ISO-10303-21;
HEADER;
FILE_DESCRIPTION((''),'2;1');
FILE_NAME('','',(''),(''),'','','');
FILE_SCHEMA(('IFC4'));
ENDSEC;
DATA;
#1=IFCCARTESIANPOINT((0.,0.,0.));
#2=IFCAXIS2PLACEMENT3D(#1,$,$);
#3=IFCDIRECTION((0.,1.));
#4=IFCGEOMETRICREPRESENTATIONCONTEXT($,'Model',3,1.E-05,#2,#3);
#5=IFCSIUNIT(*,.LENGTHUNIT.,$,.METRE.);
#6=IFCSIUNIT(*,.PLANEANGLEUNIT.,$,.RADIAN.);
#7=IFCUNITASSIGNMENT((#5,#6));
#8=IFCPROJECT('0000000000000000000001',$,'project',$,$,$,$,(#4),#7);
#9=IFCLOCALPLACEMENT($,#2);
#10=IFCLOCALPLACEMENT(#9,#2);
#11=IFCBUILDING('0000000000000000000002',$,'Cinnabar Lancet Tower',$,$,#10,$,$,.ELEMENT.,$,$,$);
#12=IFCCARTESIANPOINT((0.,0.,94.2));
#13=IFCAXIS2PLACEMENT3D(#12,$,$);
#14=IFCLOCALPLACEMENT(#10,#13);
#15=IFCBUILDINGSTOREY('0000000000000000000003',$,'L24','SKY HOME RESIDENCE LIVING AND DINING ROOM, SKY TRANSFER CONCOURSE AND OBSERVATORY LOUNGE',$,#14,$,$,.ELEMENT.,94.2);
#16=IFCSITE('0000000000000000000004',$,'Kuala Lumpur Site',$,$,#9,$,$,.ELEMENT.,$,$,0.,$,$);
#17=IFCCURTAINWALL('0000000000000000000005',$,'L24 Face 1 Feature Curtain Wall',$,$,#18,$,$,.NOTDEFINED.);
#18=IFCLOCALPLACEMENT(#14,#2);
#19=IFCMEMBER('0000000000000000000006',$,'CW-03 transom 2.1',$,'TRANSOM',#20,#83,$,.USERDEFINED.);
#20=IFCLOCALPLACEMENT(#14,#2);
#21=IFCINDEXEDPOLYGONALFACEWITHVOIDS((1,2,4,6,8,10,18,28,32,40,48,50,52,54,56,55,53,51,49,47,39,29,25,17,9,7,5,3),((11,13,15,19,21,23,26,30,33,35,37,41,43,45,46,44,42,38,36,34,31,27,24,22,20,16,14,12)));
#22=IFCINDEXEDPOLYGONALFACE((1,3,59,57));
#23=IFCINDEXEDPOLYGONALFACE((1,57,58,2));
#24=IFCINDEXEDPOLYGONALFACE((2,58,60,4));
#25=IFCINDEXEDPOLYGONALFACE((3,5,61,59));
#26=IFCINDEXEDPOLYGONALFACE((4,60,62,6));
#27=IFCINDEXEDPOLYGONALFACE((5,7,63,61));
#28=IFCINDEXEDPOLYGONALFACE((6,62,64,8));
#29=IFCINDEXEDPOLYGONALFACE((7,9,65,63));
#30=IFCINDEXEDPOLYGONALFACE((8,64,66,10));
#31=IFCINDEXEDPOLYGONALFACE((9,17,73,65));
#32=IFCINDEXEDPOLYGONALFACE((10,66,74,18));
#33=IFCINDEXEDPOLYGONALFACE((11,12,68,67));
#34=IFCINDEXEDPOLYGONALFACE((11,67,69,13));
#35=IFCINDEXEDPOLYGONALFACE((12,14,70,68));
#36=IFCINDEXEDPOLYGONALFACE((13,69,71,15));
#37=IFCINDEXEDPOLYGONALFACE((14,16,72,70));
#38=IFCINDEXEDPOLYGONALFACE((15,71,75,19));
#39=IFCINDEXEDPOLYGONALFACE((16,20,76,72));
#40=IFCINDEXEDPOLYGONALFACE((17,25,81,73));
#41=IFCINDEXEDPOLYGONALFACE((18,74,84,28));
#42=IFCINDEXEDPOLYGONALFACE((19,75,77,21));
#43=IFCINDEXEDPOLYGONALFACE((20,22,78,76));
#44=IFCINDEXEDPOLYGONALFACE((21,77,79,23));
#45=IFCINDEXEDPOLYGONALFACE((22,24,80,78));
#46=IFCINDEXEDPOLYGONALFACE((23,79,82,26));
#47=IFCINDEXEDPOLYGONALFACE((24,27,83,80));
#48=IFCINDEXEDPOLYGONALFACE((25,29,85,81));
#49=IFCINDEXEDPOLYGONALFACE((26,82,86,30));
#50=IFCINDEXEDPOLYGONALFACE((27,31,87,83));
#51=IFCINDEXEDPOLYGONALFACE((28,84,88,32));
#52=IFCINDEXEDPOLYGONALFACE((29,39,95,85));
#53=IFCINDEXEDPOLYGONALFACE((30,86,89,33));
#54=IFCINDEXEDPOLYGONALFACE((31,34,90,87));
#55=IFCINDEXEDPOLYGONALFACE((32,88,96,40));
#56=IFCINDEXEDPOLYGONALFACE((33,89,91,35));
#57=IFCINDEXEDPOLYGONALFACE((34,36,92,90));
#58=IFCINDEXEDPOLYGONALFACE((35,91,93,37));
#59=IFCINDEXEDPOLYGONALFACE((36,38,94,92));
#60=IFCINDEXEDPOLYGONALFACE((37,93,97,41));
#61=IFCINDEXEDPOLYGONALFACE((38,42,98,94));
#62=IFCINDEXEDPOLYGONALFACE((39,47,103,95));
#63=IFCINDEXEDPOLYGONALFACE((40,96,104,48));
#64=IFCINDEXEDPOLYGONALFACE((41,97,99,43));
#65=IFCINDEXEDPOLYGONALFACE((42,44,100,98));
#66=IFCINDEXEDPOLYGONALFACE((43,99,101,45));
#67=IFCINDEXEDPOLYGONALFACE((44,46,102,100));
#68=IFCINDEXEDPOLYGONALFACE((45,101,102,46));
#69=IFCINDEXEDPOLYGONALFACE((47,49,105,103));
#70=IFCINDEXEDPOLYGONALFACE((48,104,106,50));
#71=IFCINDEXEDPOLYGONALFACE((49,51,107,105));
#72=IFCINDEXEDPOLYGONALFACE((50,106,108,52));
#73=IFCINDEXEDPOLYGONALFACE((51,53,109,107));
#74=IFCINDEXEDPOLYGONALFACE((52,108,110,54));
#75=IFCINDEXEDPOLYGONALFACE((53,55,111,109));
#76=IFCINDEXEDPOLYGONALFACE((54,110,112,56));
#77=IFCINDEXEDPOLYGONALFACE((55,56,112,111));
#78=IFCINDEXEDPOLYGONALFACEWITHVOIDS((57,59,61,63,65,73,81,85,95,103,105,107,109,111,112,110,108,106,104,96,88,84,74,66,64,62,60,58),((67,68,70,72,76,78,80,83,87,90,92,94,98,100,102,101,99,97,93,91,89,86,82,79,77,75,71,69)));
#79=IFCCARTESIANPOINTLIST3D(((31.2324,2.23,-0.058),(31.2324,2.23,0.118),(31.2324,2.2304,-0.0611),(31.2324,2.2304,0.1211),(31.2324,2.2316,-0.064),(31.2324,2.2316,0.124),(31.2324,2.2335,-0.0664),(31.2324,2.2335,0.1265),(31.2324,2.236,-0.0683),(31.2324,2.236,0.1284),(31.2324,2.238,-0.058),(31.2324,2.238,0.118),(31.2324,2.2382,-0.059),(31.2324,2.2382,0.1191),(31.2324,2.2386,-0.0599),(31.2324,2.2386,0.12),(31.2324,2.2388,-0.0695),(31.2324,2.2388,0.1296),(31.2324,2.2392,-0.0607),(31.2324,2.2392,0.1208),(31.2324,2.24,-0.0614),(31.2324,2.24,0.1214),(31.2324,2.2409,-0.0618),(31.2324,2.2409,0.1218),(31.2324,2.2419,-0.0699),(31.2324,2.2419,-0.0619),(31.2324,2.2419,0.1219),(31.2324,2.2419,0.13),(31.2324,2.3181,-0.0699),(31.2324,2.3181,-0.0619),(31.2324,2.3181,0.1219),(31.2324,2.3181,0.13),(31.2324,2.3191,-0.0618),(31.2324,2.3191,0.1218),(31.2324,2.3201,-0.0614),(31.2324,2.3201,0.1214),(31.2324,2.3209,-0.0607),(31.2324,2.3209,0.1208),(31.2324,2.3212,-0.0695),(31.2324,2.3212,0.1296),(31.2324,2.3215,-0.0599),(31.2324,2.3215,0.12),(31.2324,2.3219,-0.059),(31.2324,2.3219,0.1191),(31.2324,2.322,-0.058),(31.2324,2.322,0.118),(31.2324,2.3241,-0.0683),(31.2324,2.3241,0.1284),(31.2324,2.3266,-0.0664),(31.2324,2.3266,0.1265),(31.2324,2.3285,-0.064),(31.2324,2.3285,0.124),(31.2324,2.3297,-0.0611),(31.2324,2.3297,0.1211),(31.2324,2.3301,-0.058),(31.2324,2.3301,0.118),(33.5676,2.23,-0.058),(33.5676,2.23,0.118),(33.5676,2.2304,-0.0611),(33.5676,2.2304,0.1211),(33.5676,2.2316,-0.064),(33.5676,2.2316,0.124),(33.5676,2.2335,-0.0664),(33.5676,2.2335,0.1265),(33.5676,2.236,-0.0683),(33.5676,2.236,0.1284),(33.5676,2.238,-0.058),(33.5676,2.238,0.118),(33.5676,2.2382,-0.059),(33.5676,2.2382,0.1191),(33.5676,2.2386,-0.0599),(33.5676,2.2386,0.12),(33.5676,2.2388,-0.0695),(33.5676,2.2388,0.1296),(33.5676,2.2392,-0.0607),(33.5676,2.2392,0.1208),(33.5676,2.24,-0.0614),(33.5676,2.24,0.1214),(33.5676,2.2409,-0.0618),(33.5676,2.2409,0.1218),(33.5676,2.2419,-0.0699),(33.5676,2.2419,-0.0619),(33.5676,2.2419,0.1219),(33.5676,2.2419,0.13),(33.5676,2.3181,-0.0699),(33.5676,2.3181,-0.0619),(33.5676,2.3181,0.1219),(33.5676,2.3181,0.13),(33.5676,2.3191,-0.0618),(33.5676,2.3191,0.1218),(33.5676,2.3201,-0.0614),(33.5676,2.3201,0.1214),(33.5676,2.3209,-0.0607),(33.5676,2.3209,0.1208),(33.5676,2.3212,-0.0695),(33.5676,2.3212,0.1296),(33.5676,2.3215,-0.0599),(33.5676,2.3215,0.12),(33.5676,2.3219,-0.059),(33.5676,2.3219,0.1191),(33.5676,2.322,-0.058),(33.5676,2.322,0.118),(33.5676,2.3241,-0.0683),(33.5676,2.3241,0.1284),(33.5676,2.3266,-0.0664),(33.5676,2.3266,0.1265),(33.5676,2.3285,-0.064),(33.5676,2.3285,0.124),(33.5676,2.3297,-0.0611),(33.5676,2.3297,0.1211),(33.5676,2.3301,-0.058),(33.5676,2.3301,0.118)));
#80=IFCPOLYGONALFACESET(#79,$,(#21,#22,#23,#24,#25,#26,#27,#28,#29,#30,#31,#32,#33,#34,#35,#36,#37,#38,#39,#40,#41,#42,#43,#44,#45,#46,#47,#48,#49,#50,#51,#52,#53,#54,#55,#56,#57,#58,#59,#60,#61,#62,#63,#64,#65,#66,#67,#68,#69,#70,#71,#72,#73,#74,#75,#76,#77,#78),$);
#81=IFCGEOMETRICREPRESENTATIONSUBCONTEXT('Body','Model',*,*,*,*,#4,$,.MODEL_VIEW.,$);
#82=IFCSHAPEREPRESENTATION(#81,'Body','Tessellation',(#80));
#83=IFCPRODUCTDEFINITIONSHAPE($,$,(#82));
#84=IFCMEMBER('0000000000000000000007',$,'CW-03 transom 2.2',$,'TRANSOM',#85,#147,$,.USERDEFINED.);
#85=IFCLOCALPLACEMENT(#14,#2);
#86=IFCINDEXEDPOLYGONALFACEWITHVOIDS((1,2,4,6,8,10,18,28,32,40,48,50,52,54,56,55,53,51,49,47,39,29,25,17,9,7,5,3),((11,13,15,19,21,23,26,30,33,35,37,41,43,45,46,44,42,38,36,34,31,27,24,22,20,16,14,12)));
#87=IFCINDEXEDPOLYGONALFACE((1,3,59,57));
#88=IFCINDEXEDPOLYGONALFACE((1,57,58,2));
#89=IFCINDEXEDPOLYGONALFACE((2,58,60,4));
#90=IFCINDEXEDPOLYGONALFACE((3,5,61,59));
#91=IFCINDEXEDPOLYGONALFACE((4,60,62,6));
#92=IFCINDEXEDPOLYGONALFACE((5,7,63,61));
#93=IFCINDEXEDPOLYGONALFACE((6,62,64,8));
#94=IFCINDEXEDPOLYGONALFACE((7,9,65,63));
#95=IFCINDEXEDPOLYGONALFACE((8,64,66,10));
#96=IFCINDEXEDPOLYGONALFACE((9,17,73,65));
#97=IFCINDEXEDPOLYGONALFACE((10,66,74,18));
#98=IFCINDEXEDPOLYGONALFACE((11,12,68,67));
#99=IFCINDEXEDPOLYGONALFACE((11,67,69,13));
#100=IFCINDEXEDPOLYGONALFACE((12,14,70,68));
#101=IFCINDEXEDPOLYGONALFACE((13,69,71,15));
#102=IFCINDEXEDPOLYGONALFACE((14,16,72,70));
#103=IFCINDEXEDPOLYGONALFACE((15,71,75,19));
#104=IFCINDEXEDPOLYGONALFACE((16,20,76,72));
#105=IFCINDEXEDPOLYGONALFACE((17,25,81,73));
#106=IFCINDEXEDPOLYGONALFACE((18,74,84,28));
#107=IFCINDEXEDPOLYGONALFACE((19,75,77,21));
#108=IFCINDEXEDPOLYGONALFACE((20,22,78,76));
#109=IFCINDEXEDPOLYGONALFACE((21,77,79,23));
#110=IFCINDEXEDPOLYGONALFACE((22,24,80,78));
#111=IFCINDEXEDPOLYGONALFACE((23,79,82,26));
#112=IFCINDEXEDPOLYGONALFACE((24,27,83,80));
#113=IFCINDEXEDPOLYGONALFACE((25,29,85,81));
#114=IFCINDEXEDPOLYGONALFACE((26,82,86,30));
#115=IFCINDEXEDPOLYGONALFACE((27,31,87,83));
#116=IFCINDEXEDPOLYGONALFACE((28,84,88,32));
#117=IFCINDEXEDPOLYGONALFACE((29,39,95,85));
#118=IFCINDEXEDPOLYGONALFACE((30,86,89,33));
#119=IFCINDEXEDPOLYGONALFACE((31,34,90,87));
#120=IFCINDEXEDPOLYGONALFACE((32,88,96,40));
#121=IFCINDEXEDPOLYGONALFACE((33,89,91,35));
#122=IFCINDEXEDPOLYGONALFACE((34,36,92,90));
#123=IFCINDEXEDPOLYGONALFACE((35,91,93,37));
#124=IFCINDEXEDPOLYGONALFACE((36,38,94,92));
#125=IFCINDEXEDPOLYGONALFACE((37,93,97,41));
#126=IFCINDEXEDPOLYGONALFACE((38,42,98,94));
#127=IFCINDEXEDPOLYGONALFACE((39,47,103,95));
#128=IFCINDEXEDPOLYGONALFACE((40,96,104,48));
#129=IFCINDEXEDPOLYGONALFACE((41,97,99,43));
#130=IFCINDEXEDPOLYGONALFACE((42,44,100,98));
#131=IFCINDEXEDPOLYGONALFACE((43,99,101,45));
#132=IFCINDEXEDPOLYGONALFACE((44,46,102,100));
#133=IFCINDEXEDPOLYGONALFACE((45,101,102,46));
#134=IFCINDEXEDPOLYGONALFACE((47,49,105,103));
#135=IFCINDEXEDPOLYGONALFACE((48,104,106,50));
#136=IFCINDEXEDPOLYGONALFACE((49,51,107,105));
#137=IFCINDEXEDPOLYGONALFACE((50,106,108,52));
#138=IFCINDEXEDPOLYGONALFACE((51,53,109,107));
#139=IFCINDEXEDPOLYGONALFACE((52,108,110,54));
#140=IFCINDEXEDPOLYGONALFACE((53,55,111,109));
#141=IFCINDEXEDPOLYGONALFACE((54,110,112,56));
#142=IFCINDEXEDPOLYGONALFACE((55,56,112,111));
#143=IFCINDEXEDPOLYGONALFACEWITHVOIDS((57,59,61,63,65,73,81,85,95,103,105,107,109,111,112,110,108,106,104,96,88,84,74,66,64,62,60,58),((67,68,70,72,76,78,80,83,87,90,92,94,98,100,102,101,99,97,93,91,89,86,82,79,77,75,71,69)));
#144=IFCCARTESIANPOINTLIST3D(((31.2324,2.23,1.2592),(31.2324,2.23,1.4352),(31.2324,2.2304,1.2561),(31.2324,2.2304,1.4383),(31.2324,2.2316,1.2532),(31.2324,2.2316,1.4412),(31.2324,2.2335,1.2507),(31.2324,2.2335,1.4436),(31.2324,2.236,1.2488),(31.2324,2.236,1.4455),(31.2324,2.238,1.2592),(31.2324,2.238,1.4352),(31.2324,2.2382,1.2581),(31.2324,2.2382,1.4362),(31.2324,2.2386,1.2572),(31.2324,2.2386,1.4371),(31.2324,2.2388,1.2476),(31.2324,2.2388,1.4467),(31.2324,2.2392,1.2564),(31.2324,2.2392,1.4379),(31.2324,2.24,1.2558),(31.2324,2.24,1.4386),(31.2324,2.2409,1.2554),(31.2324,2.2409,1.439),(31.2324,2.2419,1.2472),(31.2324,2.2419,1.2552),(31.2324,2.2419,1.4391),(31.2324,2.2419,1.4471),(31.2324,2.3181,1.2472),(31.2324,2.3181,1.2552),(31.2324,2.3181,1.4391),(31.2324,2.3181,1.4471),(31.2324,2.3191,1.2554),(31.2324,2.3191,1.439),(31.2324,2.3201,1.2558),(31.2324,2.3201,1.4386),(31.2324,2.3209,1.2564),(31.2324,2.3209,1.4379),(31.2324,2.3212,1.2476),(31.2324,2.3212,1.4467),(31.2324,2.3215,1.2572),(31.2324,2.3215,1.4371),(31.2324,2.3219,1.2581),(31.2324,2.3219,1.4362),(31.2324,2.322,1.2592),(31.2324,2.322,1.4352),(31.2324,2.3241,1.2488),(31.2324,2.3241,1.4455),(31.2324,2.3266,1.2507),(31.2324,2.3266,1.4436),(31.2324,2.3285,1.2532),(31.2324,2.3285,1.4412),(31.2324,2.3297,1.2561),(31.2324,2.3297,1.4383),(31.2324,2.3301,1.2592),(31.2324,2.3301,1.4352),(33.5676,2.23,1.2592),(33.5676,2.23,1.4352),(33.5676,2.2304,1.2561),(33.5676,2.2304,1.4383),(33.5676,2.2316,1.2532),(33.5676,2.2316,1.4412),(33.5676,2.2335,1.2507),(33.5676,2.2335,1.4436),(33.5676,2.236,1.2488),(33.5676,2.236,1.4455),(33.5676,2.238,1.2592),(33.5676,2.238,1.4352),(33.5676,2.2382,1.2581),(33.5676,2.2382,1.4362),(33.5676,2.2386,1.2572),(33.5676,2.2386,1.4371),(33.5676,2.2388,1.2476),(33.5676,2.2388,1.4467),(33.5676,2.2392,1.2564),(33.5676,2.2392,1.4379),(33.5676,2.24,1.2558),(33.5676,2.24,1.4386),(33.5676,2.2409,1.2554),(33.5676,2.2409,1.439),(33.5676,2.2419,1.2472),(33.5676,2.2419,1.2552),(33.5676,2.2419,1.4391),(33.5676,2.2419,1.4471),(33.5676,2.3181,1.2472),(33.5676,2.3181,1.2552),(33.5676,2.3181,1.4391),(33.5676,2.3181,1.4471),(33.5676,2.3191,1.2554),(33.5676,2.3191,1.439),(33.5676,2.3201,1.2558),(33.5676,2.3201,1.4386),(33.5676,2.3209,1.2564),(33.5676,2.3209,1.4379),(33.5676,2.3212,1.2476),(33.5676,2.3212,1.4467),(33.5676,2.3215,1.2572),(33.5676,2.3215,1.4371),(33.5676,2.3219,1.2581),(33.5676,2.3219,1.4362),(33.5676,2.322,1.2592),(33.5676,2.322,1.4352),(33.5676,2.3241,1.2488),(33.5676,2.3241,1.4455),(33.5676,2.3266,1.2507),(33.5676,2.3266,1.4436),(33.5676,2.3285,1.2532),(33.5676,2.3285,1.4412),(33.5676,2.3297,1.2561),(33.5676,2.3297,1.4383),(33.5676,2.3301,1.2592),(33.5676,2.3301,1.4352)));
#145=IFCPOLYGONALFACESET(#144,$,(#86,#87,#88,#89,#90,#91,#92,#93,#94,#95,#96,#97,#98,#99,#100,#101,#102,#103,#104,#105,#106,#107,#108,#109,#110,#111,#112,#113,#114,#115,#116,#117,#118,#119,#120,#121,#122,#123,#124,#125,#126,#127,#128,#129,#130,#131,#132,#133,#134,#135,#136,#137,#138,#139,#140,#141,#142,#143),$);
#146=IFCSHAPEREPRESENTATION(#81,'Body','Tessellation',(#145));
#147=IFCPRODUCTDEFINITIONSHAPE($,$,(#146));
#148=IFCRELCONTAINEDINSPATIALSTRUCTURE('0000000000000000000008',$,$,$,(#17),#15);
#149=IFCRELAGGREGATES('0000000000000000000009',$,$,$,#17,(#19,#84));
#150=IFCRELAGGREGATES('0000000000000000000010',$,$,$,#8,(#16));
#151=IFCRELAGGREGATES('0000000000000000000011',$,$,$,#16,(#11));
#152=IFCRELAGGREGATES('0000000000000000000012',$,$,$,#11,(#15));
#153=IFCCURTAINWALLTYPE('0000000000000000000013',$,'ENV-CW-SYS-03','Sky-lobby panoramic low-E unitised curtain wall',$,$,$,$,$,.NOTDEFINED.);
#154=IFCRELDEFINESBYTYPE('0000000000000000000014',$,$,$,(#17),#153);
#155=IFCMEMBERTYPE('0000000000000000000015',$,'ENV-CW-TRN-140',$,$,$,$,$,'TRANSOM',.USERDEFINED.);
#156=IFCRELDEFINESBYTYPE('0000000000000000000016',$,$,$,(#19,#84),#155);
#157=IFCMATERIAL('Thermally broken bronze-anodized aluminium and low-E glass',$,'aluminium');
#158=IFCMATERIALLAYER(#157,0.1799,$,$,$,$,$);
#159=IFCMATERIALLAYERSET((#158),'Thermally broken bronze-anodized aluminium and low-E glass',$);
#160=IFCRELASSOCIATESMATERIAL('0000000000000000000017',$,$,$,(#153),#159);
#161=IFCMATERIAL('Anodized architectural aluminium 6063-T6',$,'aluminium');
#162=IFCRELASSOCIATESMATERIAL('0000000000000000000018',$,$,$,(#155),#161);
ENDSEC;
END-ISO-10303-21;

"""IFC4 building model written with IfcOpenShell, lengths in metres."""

from ifc_helpers import new_model, si_unit, direction, frame, origin, origin_2d, place, context, subcontext, project, spatial, hollow_rectangle, extrude, material, layer, layer_set, material_profile, profile_set, type_object, element, aggregate, save


model = new_model("IFC4")

# Units and contexts
model_context = context("Model", 3, precision=1e-05, world=origin(), true_north=direction((0.0, 1.0)))
body_context = subcontext(model_context, "Body", "Model", "MODEL_VIEW")
ifc_project = project(units=[si_unit("LENGTHUNIT", "METRE"), si_unit("PLANEANGLEUNIT", "RADIAN")], contexts=[model_context])

# Site, building, storey
site_placement = place(None, origin())
site = spatial("IfcSite", under=ifc_project, at=site_placement, Name="Kuala Lumpur Site", CompositionType="ELEMENT", RefElevation=0.0)
building_placement = place(site_placement, origin())
building = spatial("IfcBuilding", under=site, at=building_placement, Name="Cinnabar Lancet Tower", CompositionType="ELEMENT")
storey_placement = place(building_placement, frame((0.0, 0.0, 94.2)))
storey = spatial("IfcBuildingStorey", under=building, at=storey_placement, Name="L24", Description="SKY HOME RESIDENCE LIVING AND DINING ROOM, SKY TRANSFER CONCOURSE AND OBSERVATORY LOUNGE", CompositionType="ELEMENT", Elevation=94.2)

# Curtain wall, members
ifc_material_1 = material(Name="Thermally broken bronze-anodized aluminium and low-E glass", Category="aluminium")
ifc_layer_1 = layer(ifc_material_1, 0.1799)
ifc_layer_set_1 = layer_set([ifc_layer_1], Name="Thermally broken bronze-anodized aluminium and low-E glass")
curtain_wall_type = type_object("IfcCurtainWallType", Name="ENV-CW-SYS-03", Description="Sky-lobby panoramic low-E unitised curtain wall", PredefinedType="NOTDEFINED", material=ifc_layer_set_1)
curtain_wall_placement = place(storey_placement, origin())
curtain_wall = element("IfcCurtainWall", 1, at=curtain_wall_placement, inside=storey, type_object=curtain_wall_type, Name="L24 Face 1 Feature Curtain Wall", PredefinedType="NOTDEFINED")
ifc_material_2 = material(Name="Anodized architectural aluminium 6063-T6", Category="aluminium")
ifc_material_profile_1 = material_profile(ifc_material_2, hollow_rectangle(XDim=0.1001, YDim=0.2, WallThickness=0.0081, InnerFilletRadius=0.0039, OuterFilletRadius=0.012, at=origin_2d()), Name="RHS 200x100x8")
ifc_profile_set_1 = profile_set([ifc_material_profile_1], Name="Anodized architectural aluminium 6063-T6")
member_type_1 = type_object("IfcMemberType", Name="ENV-CW-TRN-140", ElementType="TRANSOM", PredefinedType="USERDEFINED", material=ifc_profile_set_1)
member_1_placement = place(storey_placement, frame((31.2324, 2.28, 0.03), z_axis=(1.0, 0.0, 0.0), x_axis=(0.0, 1.0, 0.0)))
member_1 = element("IfcMember", 2, at=member_1_placement, type_object=member_type_1, Name="CW-03 transom 2.1", ObjectType="TRANSOM", PredefinedType="USERDEFINED", context=body_context, shape_type="SweptSolid", body=[
    extrude(hollow_rectangle(XDim=0.1001, YDim=0.2, WallThickness=0.0081, InnerFilletRadius=0.0039, OuterFilletRadius=0.012, at=origin_2d()), origin(), (0.0, 0.0, 1.0), 2.3352),
])
member_2_placement = place(storey_placement, frame((31.2324, 2.28, 1.3472), z_axis=(1.0, 0.0, 0.0), x_axis=(0.0, 1.0, 0.0)))
member_2 = element("IfcMember", 3, at=member_2_placement, type_object=member_type_1, Name="CW-03 transom 2.2", ObjectType="TRANSOM", PredefinedType="USERDEFINED", context=body_context, shape_type="SweptSolid", body=[
    extrude(hollow_rectangle(XDim=0.1001, YDim=0.2, WallThickness=0.0081, InnerFilletRadius=0.0039, OuterFilletRadius=0.012, at=origin_2d()), origin(), (0.0, 0.0, 1.0), 2.3352),
])

aggregate(curtain_wall, [member_1, member_2])

save(model, "model.ifc")
